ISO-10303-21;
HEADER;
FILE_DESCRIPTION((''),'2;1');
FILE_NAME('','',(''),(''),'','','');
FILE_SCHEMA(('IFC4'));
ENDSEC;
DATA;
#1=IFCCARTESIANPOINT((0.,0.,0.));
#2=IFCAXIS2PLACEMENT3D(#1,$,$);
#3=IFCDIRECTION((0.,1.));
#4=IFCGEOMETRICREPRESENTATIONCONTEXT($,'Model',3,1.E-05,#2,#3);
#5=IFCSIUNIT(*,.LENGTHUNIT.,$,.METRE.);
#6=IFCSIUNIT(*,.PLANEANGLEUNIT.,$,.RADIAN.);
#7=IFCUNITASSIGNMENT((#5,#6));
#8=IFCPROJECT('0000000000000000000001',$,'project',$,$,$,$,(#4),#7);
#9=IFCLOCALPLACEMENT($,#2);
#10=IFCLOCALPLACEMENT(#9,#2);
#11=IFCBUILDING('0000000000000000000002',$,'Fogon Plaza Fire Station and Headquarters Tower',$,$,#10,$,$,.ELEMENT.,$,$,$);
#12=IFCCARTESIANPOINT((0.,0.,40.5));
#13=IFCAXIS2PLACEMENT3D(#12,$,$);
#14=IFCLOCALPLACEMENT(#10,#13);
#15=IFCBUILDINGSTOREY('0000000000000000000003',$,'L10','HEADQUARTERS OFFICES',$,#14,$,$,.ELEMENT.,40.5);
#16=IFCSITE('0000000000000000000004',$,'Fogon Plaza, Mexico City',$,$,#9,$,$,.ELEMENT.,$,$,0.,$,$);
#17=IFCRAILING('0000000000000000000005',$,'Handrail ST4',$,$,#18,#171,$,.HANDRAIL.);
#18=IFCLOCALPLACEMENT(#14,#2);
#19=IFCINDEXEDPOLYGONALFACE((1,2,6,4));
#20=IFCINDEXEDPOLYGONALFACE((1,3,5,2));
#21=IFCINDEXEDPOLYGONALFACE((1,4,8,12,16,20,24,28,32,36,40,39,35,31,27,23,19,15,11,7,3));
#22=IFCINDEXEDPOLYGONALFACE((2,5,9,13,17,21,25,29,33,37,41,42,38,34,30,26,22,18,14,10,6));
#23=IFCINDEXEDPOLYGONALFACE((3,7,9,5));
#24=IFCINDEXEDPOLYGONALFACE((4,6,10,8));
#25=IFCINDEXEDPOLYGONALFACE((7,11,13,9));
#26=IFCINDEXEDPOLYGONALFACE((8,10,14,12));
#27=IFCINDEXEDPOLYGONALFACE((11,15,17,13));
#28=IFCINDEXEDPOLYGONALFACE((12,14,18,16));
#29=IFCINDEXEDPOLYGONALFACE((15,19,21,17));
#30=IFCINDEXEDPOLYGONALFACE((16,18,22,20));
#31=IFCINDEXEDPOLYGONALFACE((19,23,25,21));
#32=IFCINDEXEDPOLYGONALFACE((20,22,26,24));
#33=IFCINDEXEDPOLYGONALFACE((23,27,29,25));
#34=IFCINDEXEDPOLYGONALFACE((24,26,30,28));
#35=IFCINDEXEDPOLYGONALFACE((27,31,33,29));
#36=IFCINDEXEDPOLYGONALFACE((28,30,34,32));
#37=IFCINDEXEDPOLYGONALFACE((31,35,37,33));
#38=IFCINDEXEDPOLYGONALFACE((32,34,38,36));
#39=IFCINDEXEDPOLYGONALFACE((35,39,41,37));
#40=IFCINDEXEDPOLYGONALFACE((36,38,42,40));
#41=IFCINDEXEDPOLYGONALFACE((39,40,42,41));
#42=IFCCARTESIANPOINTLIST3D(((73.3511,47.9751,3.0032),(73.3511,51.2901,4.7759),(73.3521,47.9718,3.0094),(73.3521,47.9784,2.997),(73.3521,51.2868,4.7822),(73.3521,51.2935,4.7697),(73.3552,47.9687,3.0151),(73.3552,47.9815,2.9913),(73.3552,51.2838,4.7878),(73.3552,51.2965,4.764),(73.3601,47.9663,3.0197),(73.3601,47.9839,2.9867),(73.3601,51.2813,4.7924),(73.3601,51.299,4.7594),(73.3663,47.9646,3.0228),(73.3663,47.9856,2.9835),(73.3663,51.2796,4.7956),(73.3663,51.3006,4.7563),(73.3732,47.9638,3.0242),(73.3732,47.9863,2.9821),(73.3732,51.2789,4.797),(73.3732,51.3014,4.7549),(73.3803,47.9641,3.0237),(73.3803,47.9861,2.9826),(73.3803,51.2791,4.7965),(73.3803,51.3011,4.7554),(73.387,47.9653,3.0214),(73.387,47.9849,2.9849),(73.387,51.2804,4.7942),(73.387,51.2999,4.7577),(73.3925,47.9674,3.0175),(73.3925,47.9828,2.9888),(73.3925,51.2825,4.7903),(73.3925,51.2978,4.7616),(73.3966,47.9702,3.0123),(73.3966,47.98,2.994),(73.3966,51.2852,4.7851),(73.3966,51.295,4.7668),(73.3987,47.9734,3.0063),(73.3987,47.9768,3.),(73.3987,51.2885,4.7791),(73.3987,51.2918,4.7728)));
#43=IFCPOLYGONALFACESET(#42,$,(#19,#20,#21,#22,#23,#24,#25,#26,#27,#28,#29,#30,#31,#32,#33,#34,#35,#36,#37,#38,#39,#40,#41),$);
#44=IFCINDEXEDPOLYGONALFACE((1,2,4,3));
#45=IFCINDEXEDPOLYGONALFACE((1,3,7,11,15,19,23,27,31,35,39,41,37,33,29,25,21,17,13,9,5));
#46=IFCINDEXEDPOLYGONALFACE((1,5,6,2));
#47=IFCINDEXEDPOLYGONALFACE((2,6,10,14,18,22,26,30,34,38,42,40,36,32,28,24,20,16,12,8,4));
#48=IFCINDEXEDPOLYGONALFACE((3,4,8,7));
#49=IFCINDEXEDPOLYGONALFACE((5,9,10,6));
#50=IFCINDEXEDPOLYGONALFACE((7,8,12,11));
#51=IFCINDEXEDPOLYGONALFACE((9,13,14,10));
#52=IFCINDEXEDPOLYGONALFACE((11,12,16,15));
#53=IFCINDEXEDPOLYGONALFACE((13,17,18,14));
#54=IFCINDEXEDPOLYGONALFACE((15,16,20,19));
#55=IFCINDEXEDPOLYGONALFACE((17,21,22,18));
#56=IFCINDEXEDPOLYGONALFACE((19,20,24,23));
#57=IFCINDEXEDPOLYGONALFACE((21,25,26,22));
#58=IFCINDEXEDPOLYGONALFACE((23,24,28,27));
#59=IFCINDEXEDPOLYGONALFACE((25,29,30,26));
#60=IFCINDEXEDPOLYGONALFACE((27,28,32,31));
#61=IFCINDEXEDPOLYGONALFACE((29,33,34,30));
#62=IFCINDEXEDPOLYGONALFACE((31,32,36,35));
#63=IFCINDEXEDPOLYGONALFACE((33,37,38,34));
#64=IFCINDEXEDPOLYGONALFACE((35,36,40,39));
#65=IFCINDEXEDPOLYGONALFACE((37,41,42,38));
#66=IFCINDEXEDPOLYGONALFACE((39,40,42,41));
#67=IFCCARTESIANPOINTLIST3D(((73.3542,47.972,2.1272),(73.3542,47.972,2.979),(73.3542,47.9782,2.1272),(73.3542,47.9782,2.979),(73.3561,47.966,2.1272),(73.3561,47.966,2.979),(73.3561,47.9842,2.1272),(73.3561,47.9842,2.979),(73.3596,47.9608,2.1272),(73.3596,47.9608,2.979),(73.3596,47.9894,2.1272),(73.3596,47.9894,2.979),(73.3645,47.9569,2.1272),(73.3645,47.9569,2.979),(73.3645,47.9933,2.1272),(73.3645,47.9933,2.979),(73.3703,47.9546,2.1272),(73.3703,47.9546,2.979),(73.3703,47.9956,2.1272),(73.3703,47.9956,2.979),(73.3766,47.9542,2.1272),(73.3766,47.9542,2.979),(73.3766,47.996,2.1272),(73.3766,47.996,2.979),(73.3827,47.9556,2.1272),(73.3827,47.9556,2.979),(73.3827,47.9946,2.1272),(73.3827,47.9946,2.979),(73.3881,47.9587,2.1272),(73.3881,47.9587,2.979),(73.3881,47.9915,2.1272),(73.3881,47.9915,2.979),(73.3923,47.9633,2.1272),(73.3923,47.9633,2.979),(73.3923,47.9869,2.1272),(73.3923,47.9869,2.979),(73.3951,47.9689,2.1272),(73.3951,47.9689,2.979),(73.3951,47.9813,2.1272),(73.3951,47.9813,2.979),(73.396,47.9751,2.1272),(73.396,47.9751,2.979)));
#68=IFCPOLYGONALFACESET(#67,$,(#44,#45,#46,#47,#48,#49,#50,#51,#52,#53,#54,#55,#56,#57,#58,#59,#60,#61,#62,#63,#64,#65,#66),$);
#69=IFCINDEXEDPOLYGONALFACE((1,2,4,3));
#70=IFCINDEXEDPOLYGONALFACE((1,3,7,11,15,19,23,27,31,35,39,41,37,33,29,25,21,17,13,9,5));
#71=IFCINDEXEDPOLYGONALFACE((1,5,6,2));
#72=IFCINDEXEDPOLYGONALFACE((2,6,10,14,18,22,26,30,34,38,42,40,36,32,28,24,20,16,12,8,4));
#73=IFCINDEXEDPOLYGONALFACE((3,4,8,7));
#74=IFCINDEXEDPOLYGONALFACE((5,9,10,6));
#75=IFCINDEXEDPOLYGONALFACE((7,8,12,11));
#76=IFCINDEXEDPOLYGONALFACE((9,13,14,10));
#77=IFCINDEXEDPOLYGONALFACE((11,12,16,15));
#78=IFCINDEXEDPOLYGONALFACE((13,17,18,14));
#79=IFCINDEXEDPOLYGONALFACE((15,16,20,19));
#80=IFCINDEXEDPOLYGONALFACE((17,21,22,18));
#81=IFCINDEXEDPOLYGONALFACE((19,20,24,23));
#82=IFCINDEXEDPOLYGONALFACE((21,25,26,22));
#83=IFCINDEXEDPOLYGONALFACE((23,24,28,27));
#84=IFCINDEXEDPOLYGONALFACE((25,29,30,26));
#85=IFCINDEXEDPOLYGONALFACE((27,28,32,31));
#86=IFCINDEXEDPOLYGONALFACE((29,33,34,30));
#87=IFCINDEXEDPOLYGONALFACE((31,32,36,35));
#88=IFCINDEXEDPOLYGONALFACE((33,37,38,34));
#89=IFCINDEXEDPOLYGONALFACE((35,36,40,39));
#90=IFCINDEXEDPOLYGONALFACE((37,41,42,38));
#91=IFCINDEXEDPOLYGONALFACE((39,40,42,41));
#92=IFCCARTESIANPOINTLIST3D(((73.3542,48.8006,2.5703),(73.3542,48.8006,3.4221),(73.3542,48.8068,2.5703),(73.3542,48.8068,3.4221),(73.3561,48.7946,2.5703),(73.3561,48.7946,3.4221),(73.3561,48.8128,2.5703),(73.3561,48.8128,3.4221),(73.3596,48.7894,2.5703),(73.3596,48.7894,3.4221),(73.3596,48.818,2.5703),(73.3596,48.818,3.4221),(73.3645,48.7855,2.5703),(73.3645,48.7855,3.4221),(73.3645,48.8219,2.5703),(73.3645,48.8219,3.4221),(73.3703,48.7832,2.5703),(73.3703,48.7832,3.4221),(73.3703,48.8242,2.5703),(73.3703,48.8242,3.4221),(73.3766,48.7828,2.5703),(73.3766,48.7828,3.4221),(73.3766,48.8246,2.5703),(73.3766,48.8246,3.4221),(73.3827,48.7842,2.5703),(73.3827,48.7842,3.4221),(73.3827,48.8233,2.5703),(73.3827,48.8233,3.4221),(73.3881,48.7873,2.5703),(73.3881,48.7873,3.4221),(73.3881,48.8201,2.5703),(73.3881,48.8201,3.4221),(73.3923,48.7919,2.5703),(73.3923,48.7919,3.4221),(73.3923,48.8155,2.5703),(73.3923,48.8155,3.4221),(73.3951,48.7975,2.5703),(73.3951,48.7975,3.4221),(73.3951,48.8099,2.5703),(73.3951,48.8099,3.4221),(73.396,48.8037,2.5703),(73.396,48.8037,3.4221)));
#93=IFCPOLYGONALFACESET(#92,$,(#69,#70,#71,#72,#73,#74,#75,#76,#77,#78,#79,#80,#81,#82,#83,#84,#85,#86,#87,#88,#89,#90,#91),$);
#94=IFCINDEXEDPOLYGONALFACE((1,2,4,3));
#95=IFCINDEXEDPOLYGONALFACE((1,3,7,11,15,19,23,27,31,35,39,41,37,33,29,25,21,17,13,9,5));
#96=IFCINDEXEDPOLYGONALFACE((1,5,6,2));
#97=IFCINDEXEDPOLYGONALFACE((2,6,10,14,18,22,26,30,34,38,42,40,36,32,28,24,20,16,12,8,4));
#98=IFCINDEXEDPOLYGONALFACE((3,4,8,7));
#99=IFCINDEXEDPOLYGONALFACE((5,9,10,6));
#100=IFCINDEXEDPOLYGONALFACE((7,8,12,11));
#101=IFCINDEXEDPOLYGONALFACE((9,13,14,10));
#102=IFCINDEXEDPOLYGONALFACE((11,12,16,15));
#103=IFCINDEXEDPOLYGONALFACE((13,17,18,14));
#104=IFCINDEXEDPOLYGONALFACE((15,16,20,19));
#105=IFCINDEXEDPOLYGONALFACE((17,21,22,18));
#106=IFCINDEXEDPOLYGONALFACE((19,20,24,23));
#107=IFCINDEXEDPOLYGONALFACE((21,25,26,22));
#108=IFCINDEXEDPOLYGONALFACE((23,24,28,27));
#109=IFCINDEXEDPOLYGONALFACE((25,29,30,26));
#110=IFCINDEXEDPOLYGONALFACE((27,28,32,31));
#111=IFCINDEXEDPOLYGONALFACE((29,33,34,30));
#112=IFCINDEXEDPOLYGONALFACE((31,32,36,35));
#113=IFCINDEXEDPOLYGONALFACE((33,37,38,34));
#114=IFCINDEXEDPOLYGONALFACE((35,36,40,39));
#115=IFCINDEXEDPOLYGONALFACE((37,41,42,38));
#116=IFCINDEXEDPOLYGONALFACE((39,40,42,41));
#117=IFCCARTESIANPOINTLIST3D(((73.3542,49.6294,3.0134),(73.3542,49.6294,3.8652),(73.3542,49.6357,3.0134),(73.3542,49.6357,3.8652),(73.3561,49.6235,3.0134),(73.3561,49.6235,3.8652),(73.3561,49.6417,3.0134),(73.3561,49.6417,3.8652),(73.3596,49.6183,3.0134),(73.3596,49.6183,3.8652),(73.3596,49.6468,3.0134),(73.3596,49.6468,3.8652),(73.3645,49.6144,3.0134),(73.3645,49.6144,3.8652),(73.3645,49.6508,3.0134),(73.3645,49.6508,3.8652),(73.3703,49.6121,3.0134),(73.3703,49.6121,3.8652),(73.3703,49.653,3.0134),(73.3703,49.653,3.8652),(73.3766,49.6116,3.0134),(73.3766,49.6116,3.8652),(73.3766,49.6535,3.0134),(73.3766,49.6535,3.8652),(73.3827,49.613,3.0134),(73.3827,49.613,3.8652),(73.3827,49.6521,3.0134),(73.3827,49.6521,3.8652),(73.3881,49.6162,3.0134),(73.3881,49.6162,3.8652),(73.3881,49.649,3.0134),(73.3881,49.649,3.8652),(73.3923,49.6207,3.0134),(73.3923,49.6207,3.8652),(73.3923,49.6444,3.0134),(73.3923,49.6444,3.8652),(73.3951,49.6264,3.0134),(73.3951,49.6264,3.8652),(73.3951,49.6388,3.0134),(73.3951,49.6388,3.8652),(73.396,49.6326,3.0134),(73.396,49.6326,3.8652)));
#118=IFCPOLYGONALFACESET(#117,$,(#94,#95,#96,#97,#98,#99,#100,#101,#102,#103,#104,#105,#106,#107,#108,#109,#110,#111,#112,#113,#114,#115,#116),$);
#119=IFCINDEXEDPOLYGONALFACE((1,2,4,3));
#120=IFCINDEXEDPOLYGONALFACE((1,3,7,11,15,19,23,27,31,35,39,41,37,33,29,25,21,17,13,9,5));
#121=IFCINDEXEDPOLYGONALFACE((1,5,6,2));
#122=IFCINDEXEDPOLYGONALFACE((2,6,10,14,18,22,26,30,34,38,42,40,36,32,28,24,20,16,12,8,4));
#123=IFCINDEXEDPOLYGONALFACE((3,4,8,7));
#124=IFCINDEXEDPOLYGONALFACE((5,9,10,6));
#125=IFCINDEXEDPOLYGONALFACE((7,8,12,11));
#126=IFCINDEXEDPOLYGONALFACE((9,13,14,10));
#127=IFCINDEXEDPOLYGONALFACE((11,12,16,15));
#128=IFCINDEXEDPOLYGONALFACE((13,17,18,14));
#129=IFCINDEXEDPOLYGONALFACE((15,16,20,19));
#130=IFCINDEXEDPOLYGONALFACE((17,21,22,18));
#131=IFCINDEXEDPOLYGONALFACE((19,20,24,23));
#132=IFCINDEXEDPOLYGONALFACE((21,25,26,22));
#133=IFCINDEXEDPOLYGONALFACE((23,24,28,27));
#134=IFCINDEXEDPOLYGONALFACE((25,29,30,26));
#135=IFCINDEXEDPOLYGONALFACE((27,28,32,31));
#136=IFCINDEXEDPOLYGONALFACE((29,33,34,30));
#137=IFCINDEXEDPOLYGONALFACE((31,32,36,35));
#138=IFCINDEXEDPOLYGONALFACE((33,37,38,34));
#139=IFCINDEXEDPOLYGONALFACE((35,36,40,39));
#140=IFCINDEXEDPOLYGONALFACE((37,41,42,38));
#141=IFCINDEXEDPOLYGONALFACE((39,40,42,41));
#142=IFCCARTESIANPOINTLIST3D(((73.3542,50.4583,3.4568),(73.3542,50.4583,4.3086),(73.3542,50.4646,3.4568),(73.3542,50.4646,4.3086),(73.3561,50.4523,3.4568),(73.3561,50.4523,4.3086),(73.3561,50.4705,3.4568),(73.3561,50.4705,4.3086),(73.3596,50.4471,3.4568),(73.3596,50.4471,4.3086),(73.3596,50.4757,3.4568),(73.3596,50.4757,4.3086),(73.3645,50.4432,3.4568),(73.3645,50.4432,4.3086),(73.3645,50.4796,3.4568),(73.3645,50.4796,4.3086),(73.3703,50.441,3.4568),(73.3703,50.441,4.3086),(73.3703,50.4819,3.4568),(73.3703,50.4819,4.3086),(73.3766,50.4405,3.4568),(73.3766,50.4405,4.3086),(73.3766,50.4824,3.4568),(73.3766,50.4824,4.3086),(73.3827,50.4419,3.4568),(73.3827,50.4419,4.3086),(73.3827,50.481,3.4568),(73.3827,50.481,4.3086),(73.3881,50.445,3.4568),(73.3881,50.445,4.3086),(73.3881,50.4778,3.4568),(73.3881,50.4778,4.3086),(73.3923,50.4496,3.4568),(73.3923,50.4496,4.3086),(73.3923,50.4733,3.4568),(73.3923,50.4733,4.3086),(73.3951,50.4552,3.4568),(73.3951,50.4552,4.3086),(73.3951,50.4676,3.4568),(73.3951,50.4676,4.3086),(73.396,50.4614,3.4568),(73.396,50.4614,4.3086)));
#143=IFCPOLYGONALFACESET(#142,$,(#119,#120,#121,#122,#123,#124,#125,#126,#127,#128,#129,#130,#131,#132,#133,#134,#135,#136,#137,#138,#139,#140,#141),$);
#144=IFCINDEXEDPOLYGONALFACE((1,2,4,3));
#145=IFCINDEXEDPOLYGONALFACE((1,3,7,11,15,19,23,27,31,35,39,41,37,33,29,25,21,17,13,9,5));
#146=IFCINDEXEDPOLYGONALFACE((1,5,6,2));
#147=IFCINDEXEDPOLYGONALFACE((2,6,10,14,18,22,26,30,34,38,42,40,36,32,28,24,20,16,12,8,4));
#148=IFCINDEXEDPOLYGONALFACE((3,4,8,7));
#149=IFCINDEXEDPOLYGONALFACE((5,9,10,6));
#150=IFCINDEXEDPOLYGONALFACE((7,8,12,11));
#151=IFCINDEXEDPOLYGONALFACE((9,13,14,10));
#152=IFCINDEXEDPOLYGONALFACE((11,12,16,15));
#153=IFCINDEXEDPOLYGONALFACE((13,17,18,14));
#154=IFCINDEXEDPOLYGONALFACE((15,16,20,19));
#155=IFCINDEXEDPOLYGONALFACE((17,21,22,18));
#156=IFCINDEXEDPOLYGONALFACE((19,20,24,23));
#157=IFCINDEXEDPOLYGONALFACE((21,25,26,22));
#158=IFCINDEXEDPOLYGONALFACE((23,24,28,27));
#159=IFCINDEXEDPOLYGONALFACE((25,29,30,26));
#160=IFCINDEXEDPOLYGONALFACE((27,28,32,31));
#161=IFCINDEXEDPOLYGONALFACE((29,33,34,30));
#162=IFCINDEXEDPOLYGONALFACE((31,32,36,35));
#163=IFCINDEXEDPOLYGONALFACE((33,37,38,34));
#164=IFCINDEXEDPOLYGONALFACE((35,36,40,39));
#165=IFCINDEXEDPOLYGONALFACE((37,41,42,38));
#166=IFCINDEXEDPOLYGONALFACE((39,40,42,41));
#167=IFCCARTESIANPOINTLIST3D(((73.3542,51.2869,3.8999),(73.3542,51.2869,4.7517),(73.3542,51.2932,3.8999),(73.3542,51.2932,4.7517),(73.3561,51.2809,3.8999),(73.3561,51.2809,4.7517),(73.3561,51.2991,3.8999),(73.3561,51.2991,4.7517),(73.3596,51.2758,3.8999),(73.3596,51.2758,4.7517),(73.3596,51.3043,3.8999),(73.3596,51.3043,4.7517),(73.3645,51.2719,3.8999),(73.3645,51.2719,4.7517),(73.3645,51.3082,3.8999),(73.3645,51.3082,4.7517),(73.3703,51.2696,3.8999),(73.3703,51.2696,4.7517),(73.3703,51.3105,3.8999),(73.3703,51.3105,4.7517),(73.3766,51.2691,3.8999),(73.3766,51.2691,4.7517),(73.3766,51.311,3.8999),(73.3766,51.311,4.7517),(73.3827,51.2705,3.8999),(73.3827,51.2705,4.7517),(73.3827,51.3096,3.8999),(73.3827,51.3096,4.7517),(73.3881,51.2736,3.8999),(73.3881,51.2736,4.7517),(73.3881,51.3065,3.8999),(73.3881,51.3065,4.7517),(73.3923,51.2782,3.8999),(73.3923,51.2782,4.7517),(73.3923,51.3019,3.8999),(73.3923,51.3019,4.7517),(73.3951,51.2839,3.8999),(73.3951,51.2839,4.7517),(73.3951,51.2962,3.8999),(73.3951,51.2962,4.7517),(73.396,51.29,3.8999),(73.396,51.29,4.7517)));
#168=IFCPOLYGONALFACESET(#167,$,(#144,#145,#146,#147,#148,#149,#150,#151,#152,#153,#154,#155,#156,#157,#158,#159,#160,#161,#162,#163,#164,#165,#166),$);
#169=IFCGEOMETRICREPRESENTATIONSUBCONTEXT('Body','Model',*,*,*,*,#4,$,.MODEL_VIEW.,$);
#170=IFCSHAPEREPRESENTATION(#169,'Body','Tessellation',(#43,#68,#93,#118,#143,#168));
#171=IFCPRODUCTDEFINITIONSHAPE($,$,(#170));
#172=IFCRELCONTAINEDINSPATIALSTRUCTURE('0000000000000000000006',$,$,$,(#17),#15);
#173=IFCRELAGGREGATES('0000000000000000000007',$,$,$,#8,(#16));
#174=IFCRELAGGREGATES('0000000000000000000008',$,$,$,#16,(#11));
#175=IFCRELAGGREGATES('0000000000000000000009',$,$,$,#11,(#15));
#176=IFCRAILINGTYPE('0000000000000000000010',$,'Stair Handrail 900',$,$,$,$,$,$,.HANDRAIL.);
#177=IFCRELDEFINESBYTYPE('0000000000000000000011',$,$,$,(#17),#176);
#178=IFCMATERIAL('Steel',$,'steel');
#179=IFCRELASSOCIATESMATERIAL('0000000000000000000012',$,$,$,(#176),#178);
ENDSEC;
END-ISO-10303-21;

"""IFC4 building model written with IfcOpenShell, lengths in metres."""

from ifc_helpers import new_model, si_unit, direction, frame, origin, origin_2d, place, context, subcontext, project, spatial, circle, extrude, material, type_object, element, save


model = new_model("IFC4")

# Units and contexts
model_context = context("Model", 3, precision=1e-05, world=origin(), true_north=direction((0.0, 1.0)))
body_context = subcontext(model_context, "Body", "Model", "MODEL_VIEW")
ifc_project = project(units=[si_unit("LENGTHUNIT", "METRE"), si_unit("PLANEANGLEUNIT", "RADIAN")], contexts=[model_context])

# Site, building, storey
site_placement = place(None, origin())
site = spatial("IfcSite", under=ifc_project, at=site_placement, Name="Fogon Plaza, Mexico City", CompositionType="ELEMENT", RefElevation=0.0)
building_placement = place(site_placement, origin())
building = spatial("IfcBuilding", under=site, at=building_placement, Name="Fogon Plaza Fire Station and Headquarters Tower", CompositionType="ELEMENT")
storey_placement = place(building_placement, frame((0.0, 0.0, 40.5)))
storey = spatial("IfcBuildingStorey", under=building, at=storey_placement, Name="L10", Description="HEADQUARTERS OFFICES", CompositionType="ELEMENT", Elevation=40.5)

# Railing
ifc_material_1 = material(Name="Steel", Category="steel")
railing_type = type_object("IfcRailingType", Name="Stair Handrail 900", PredefinedType="HANDRAIL", material=ifc_material_1)
for number, where, name in (
    (1, (73.375, 47.9751, 2.1272), "Handrail ST4"),
):
    element("IfcRailing", number, at=place(storey_placement, frame(where)), inside=storey, type_object=railing_type, Name=name, PredefinedType="HANDRAIL", context=body_context, shape_type="SweptSolid", body=[
        extrude(circle(Radius=0.0239, at=origin_2d()), frame((0.0, 0.0, 0.876), z_axis=(0.0, 0.881829, 0.471569), x_axis=(-1.0, 0.0, 0.0)), (0.0, 0.0, 1.0), 3.7593),
        extrude(circle(Radius=0.021, at=origin_2d()), origin(), (0.0, 0.0, 1.0), 0.8518),
        extrude(circle(Radius=0.021, at=origin_2d()), frame((0.0, 0.8286, 0.4431)), (0.0, 0.0, 1.0), 0.8518),
        extrude(circle(Radius=0.021, at=origin_2d()), frame((0.0, 1.6575, 0.8862)), (0.0, 0.0, 1.0), 0.8518),
        extrude(circle(Radius=0.021, at=origin_2d()), frame((0.0, 2.4863, 1.3296)), (0.0, 0.0, 1.0), 0.8518),
        extrude(circle(Radius=0.021, at=origin_2d()), frame((0.0, 3.3149, 1.7727)), (0.0, 0.0, 1.0), 0.8518),
    ])

save(model, "model.ifc")
